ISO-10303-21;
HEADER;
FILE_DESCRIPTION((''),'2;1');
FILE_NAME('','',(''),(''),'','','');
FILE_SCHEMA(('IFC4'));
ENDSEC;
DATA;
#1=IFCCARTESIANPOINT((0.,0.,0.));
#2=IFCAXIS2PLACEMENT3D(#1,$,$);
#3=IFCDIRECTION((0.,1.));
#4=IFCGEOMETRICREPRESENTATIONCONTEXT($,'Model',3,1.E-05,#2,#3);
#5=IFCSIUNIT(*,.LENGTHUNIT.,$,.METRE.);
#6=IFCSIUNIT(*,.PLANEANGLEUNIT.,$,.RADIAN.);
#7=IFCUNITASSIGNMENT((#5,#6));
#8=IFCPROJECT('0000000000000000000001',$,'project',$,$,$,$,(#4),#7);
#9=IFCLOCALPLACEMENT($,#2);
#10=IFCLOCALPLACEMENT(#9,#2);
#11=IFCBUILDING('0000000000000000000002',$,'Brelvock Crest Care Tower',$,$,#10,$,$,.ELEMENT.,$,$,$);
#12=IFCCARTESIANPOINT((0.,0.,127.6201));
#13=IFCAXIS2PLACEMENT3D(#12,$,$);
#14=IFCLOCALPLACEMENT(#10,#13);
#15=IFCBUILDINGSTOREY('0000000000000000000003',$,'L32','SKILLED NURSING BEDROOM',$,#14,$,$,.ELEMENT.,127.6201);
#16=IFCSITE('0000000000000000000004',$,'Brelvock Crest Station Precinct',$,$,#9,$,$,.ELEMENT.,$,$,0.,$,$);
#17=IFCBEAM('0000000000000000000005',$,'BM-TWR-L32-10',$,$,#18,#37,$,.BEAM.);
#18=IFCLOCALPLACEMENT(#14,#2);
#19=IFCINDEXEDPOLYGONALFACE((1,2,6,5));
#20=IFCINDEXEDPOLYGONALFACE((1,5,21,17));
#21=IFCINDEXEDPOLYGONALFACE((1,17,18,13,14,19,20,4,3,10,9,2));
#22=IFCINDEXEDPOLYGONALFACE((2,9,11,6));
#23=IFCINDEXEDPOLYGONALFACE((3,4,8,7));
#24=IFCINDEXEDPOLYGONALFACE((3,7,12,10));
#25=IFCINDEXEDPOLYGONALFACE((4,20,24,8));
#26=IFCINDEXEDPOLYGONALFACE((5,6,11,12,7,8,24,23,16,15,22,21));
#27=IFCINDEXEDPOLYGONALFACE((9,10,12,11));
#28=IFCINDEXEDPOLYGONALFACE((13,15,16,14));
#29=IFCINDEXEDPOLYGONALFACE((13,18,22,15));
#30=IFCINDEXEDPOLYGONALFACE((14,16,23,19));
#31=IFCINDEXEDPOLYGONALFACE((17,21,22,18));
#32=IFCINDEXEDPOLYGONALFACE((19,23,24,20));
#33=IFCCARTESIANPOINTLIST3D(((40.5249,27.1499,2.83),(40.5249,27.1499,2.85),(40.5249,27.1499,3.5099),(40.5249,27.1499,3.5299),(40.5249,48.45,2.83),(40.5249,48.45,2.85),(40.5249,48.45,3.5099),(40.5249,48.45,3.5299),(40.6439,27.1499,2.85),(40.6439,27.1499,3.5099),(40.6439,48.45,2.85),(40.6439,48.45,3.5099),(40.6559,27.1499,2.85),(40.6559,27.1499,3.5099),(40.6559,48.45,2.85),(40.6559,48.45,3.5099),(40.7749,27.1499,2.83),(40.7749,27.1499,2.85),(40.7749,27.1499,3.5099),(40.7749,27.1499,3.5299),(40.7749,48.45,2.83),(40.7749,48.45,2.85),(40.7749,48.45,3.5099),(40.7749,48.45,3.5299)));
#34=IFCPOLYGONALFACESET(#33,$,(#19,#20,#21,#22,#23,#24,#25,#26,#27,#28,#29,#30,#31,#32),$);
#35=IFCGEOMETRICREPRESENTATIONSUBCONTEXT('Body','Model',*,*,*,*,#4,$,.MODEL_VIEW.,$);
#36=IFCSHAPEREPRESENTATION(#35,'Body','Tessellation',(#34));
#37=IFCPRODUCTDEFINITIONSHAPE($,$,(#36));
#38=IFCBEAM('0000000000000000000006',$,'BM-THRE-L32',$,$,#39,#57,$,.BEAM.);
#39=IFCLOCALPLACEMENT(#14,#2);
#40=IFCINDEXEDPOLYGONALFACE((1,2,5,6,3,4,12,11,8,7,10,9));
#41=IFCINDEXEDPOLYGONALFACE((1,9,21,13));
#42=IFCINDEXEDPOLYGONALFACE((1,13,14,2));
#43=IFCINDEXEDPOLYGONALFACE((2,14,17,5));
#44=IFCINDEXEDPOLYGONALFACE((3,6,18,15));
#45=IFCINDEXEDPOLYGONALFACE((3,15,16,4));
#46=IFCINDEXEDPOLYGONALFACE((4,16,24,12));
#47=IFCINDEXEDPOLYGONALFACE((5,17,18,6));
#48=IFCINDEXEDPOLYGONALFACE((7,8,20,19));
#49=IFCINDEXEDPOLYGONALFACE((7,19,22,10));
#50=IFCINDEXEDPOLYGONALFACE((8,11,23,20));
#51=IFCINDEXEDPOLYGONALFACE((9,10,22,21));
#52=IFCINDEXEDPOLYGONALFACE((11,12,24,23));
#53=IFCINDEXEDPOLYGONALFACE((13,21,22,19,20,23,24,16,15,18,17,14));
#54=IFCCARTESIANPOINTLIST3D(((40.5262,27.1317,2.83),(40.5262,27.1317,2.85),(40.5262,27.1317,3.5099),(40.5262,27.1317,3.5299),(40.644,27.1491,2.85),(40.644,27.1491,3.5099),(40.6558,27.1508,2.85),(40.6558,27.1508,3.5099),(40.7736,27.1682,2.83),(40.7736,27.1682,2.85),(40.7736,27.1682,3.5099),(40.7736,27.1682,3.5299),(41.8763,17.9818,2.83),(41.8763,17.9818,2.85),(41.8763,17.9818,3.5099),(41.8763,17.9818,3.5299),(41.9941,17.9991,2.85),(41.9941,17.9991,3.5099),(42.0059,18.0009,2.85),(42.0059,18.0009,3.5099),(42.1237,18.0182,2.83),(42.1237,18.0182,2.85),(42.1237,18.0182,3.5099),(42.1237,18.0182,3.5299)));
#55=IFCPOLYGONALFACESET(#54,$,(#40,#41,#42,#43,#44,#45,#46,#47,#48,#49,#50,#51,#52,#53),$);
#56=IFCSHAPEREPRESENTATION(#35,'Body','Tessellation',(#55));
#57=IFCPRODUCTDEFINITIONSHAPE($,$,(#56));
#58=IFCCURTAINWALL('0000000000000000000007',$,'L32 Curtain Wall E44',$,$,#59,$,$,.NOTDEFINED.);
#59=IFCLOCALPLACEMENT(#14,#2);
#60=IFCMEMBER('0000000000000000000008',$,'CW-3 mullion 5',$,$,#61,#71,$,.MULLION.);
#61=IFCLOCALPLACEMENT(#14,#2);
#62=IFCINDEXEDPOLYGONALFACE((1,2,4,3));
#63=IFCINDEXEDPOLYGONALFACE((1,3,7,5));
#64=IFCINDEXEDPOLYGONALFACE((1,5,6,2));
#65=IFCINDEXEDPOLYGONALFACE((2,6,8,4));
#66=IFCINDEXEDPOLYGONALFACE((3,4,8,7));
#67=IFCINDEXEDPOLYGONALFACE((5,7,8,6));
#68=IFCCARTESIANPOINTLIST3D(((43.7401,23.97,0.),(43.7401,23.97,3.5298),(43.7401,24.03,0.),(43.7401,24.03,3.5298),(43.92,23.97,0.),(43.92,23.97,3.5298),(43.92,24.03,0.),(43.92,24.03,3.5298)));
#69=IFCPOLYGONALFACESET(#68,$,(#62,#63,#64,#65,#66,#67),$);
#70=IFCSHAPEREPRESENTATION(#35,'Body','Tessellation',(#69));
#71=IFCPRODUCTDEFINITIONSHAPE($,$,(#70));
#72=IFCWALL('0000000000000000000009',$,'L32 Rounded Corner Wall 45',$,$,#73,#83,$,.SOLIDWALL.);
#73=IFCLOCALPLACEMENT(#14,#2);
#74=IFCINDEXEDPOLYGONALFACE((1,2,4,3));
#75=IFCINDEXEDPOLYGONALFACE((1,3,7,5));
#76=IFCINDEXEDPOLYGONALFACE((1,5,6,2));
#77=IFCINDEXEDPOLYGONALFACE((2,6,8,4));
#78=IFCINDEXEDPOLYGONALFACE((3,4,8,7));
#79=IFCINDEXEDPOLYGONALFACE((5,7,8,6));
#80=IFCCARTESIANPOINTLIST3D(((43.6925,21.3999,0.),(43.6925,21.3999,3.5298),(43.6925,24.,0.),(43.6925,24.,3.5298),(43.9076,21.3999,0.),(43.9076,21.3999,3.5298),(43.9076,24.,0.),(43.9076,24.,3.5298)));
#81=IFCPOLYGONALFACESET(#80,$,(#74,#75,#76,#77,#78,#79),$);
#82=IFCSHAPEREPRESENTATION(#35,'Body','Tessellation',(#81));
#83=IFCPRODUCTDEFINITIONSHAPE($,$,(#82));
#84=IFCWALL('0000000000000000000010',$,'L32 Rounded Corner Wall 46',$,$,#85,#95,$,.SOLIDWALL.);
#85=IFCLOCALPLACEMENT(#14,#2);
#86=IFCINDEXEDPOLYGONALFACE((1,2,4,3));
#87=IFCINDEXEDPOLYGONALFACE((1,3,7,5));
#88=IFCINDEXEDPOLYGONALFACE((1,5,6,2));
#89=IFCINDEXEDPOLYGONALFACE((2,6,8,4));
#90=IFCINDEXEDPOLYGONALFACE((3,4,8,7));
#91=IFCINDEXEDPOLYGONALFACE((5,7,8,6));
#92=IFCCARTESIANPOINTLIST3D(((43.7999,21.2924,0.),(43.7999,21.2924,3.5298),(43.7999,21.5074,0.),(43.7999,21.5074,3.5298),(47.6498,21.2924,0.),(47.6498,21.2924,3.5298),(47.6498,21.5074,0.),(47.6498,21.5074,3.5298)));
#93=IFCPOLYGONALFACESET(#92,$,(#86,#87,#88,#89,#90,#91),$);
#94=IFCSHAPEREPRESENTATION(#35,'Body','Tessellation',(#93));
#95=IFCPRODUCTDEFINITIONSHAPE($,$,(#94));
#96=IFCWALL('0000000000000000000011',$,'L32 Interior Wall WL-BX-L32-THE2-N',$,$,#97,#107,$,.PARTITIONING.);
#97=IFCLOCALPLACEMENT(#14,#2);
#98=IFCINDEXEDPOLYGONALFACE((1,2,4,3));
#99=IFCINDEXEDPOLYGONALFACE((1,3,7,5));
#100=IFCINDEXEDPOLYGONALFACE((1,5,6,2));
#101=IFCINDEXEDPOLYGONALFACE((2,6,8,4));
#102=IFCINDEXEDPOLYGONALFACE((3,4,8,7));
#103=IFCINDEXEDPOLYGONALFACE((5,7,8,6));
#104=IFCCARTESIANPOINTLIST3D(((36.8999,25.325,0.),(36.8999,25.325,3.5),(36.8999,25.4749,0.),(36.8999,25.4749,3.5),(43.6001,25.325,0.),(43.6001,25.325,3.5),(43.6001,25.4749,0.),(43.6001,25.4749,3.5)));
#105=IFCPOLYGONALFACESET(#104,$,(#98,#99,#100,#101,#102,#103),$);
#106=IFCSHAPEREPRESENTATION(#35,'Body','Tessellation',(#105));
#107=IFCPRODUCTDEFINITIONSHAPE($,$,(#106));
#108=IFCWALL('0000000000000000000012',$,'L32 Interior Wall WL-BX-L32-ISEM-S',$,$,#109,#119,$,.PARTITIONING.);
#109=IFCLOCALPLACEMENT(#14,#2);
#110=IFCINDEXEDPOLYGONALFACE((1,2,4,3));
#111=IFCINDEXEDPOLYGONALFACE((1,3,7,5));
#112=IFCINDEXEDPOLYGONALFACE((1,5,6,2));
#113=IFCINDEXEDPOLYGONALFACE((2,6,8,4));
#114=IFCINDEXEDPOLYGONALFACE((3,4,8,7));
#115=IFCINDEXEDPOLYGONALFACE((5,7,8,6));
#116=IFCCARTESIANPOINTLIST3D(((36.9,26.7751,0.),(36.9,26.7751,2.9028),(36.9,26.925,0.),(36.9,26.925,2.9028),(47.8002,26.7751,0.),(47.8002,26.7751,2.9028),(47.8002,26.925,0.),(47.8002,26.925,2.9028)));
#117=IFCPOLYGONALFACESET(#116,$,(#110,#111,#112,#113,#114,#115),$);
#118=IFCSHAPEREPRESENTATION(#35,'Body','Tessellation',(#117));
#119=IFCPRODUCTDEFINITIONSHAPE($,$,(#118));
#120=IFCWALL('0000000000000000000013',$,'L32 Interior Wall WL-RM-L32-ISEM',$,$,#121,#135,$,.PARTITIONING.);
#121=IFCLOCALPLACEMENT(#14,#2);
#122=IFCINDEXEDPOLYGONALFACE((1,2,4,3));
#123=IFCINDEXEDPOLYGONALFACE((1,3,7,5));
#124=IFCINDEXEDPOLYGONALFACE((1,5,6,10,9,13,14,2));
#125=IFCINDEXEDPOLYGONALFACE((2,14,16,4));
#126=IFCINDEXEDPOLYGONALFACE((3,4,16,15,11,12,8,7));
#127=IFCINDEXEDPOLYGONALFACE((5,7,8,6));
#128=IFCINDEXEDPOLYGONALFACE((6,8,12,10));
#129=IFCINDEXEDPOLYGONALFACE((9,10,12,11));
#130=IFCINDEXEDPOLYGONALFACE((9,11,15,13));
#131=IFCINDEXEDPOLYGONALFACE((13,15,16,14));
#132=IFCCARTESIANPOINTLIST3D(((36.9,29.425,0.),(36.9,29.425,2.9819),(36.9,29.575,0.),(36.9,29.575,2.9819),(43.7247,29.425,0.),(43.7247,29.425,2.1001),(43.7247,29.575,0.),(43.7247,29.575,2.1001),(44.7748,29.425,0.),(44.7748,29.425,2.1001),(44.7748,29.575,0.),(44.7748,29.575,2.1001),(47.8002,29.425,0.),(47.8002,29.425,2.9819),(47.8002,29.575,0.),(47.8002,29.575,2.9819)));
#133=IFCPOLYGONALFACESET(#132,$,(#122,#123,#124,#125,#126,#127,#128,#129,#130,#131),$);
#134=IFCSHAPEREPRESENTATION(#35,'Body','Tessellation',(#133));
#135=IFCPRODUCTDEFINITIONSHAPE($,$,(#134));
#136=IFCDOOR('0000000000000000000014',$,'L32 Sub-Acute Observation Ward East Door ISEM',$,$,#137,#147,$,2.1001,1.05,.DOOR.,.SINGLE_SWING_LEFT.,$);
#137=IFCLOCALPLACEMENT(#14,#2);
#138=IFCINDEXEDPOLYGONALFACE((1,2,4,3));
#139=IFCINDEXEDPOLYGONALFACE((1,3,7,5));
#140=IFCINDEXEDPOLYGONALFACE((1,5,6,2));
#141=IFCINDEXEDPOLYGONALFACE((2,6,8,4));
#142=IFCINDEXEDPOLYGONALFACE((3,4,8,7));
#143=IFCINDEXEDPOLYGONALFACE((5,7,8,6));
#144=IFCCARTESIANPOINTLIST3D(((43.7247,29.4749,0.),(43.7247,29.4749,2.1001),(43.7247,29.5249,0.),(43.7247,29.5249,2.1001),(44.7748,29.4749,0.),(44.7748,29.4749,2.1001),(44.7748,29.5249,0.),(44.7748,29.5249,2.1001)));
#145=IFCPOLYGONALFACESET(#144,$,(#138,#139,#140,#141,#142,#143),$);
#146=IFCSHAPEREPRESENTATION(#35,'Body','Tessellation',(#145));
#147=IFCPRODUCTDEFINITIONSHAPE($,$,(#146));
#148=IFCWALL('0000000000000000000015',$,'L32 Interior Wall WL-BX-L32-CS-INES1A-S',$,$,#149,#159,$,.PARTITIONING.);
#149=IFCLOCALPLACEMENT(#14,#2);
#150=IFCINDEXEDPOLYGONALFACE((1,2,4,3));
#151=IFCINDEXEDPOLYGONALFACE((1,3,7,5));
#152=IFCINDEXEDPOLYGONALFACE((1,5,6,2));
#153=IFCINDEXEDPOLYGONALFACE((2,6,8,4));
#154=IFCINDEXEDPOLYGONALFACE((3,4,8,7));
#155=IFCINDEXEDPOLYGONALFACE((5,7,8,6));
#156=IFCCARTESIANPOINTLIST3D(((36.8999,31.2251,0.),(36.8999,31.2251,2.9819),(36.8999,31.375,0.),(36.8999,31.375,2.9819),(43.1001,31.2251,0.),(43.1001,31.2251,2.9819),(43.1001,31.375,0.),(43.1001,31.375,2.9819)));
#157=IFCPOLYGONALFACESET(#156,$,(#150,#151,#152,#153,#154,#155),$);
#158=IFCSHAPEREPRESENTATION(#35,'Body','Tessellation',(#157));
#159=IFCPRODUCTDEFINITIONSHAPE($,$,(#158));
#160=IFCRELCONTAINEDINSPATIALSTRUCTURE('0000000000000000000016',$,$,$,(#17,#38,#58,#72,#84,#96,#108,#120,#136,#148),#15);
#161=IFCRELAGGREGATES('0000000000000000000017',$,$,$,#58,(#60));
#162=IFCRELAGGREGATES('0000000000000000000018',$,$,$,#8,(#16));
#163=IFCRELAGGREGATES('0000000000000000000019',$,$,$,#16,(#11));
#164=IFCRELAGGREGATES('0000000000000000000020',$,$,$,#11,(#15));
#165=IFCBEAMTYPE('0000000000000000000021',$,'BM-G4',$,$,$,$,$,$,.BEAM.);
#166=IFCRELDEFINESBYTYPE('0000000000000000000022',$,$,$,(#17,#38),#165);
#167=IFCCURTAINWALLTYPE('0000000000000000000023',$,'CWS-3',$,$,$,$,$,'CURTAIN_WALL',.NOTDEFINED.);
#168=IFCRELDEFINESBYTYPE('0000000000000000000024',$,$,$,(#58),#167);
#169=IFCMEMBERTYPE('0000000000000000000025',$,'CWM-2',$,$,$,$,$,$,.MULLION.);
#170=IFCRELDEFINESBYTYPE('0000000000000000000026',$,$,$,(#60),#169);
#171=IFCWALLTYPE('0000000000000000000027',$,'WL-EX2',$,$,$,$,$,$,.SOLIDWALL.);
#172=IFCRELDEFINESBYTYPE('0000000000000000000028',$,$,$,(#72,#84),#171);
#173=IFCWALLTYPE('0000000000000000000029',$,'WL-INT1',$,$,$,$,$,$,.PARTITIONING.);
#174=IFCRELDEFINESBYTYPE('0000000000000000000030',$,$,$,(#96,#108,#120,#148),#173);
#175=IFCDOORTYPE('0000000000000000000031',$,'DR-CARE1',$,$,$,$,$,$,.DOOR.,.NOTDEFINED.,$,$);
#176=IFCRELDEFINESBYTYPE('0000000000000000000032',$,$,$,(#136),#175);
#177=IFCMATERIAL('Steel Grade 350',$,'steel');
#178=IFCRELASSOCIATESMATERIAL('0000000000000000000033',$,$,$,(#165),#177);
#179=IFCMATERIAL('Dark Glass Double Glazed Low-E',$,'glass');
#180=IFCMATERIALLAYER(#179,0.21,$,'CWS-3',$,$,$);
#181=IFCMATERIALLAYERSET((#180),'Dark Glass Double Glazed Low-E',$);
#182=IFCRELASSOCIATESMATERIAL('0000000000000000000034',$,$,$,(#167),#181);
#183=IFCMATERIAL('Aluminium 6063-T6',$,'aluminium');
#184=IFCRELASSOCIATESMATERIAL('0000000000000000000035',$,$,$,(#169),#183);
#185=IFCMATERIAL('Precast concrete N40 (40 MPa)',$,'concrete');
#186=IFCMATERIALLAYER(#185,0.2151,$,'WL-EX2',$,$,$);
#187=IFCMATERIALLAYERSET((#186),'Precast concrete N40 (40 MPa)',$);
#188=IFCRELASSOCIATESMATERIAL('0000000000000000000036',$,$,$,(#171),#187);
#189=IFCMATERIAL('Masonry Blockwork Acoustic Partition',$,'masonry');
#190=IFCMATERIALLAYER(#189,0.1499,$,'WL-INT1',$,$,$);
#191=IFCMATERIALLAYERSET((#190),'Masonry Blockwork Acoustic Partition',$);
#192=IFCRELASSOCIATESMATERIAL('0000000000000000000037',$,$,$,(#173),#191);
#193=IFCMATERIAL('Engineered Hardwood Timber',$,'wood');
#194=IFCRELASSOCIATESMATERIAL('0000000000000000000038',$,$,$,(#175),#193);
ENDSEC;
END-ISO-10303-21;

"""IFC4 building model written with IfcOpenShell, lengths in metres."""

from ifc_helpers import new_model, si_unit, direction, frame, frame_2d, origin, origin_2d, place, context, subcontext, project, spatial, rectangle, i_section, extrude, source, transform, mapped, material, layer, layer_set, material_profile, profile_set, type_object, element, fill, aggregate, save


model = new_model("IFC4")

# Units and contexts
model_context = context("Model", 3, precision=1e-05, world=origin(), true_north=direction((0.0, 1.0)))
body_context = subcontext(model_context, "Body", "Model", "MODEL_VIEW")
ifc_project = project(units=[si_unit("LENGTHUNIT", "METRE"), si_unit("PLANEANGLEUNIT", "RADIAN")], contexts=[model_context])

# Site, building, storey
site_placement = place(None, origin())
site = spatial("IfcSite", under=ifc_project, at=site_placement, Name="Brelvock Crest Station Precinct", CompositionType="ELEMENT", RefElevation=0.0)
building_placement = place(site_placement, origin())
building = spatial("IfcBuilding", under=site, at=building_placement, Name="Brelvock Crest Care Tower", CompositionType="ELEMENT")
storey_placement = place(building_placement, frame((0.0, 0.0, 127.6201)))
storey = spatial("IfcBuildingStorey", under=building, at=storey_placement, Name="L32", Description="SKILLED NURSING BEDROOM", CompositionType="ELEMENT", Elevation=127.6201)

# Shared definitions
ifc_material_1 = material(Name="Steel Grade 350", Category="steel")

# Beams
ifc_material_profile_1 = material_profile(ifc_material_1, i_section(OverallWidth=0.25, OverallDepth=0.7, WebThickness=0.012, FlangeThickness=0.02, at=origin_2d()), Name="700WB150")
ifc_profile_set_1 = profile_set([ifc_material_profile_1], Name="Steel Grade 350")
beam_type_1 = type_object("IfcBeamType", Name="BM-G4", PredefinedType="BEAM", material=ifc_profile_set_1)
shared_shape_1 = source(origin(), body_context, "Body", "SweptSolid", [
    extrude(i_section(OverallWidth=0.25, OverallDepth=0.7, WebThickness=0.012, FlangeThickness=0.02, at=origin_2d()), origin(), (0.0, 0.0, 1.0), 21.3),
])
beam_1_placement = place(storey_placement, frame((40.6499, 27.1499, 3.1799), z_axis=(0.0, 1.0, 0.0), x_axis=(-1.0, 0.0, 0.0)))
element("IfcBeam", 1, at=beam_1_placement, inside=storey, type_object=beam_type_1, Name="BM-TWR-L32-10", PredefinedType="BEAM", context=body_context, shape_type="MappedRepresentation", body=[
    mapped(shared_shape_1, transform((0.0, 0.0, 0.0), x_axis=(1.0, 0.0, 0.0), y_axis=(0.0, 1.0, 0.0), z_axis=(0.0, 0.0, 1.0), scale=1.0)),
])
shared_shape_2 = source(origin(), body_context, "Body", "SweptSolid", [
    extrude(i_section(OverallWidth=0.25, OverallDepth=0.7, WebThickness=0.012, FlangeThickness=0.02, at=origin_2d()), origin(), (0.0, 0.0, 1.0), 9.249),
])
beam_2_placement = place(storey_placement, frame((42.0, 18.0, 3.1799), z_axis=(-0.145973, 0.989289, 0.0), x_axis=(-0.989289, -0.145973, 0.0)))
element("IfcBeam", 2, at=beam_2_placement, inside=storey, type_object=beam_type_1, Name="BM-THRE-L32", PredefinedType="BEAM", context=body_context, shape_type="MappedRepresentation", body=[
    mapped(shared_shape_2, transform((0.0, 0.0, 0.0), x_axis=(1.0, 0.0, 0.0), y_axis=(0.0, 1.0, 0.0), z_axis=(0.0, 0.0, 1.0), scale=1.0)),
])

# Curtain wall, member
ifc_material_2 = material(Name="Dark Glass Double Glazed Low-E", Category="glass")
ifc_layer_1 = layer(ifc_material_2, 0.21, Name="CWS-3")
ifc_layer_set_1 = layer_set([ifc_layer_1], Name="Dark Glass Double Glazed Low-E")
curtain_wall_type = type_object("IfcCurtainWallType", Name="CWS-3", ElementType="CURTAIN_WALL", PredefinedType="NOTDEFINED", material=ifc_layer_set_1)
curtain_wall_placement = place(storey_placement, origin())
curtain_wall = element("IfcCurtainWall", 3, at=curtain_wall_placement, inside=storey, type_object=curtain_wall_type, Name="L32 Curtain Wall E44", PredefinedType="NOTDEFINED")
ifc_material_3 = material(Name="Aluminium 6063-T6", Category="aluminium")
ifc_material_profile_2 = material_profile(ifc_material_3, rectangle(XDim=0.0601, YDim=0.1799, at=origin_2d()), Name="ALU60x180")
ifc_profile_set_2 = profile_set([ifc_material_profile_2], Name="Aluminium 6063-T6")
member_type = type_object("IfcMemberType", Name="CWM-2", PredefinedType="MULLION", material=ifc_profile_set_2)
shared_shape_3 = source(origin(), body_context, "Body", "SweptSolid", [
    extrude(rectangle(XDim=0.0601, YDim=0.1799, at=origin_2d()), origin(), (0.0, 0.0, 1.0), 3.5298),
])
member_placement = place(storey_placement, frame((43.8301, 24.0, 0.0), z_axis=(0.0, 0.0, 1.0), x_axis=(0.0, -1.0, 0.0)))
member = element("IfcMember", 4, at=member_placement, type_object=member_type, Name="CW-3 mullion 5", PredefinedType="MULLION", context=body_context, shape_type="MappedRepresentation", body=[
    mapped(shared_shape_3, transform((0.0, 0.0, 0.0), x_axis=(1.0, 0.0, 0.0), y_axis=(0.0, 1.0, 0.0), z_axis=(0.0, 0.0, 1.0), scale=1.0)),
])
aggregate(curtain_wall, [member])

# Walls
ifc_material_4 = material(Name="Precast concrete N40 (40 MPa)", Category="concrete")
ifc_layer_2 = layer(ifc_material_4, 0.2151, Name="WL-EX2")
ifc_layer_set_2 = layer_set([ifc_layer_2], Name="Precast concrete N40 (40 MPa)")
wall_type_1 = type_object("IfcWallType", Name="WL-EX2", PredefinedType="SOLIDWALL", material=ifc_layer_set_2)
wall_1_placement = place(storey_placement, frame((43.8, 24.0, 0.0), z_axis=(0.0, 0.0, 1.0), x_axis=(0.0, -1.0, 0.0)))
element("IfcWall", 5, at=wall_1_placement, inside=storey, type_object=wall_type_1, Name="L32 Rounded Corner Wall 45", PredefinedType="SOLIDWALL", context=body_context, shape_type="SweptSolid", body=[
    extrude(rectangle(XDim=2.6001, YDim=0.2151, at=frame_2d((1.3, 0.0))), origin(), (0.0, 0.0, 1.0), 3.5298),
])
wall_2_placement = place(storey_placement, frame((43.8, 21.3999, 0.0), z_axis=(0.0, 0.0, 1.0), x_axis=(1.0, 0.0, 0.0)))
element("IfcWall", 6, at=wall_2_placement, inside=storey, type_object=wall_type_1, Name="L32 Rounded Corner Wall 46", PredefinedType="SOLIDWALL", context=body_context, shape_type="SweptSolid", body=[
    extrude(rectangle(XDim=3.8499, YDim=0.2151, at=frame_2d((1.9248, 0.0))), origin(), (0.0, 0.0, 1.0), 3.5298),
])
ifc_material_5 = material(Name="Masonry Blockwork Acoustic Partition", Category="masonry")
ifc_layer_3 = layer(ifc_material_5, 0.1499, Name="WL-INT1")
ifc_layer_set_3 = layer_set([ifc_layer_3], Name="Masonry Blockwork Acoustic Partition")
wall_type_2 = type_object("IfcWallType", Name="WL-INT1", PredefinedType="PARTITIONING", material=ifc_layer_set_3)
wall_3_placement = place(storey_placement, frame((36.8999, 25.3999, 0.0), z_axis=(0.0, 0.0, 1.0), x_axis=(1.0, 0.0, 0.0)))
element("IfcWall", 7, at=wall_3_placement, inside=storey, type_object=wall_type_2, Name="L32 Interior Wall WL-BX-L32-THE2-N", PredefinedType="PARTITIONING", context=body_context, shape_type="SweptSolid", body=[
    extrude(rectangle(XDim=6.7002, YDim=0.1499, at=frame_2d((3.3501, 0.0))), origin(), (0.0, 0.0, 1.0), 3.5),
])
wall_4_placement = place(storey_placement, frame((36.8999, 26.8501, 0.0), z_axis=(0.0, 0.0, 1.0), x_axis=(1.0, 0.0, 0.0)))
element("IfcWall", 8, at=wall_4_placement, inside=storey, type_object=wall_type_2, Name="L32 Interior Wall WL-BX-L32-ISEM-S", PredefinedType="PARTITIONING", context=body_context, shape_type="SweptSolid", body=[
    extrude(rectangle(XDim=10.9001, YDim=0.1499, at=frame_2d((5.4502, 0.0))), origin(), (0.0, 0.0, 1.0), 2.9028),
])

# Wall, opening, door
wall_5_placement = place(storey_placement, frame((36.8999, 29.5, 0.0), z_axis=(0.0, 0.0, 1.0), x_axis=(1.0, 0.0, 0.0)))
wall_5 = element("IfcWall", 9, at=wall_5_placement, inside=storey, type_object=wall_type_2, Name="L32 Interior Wall WL-RM-L32-ISEM", PredefinedType="PARTITIONING", context=body_context, shape_type="SweptSolid", body=[
    extrude(rectangle(XDim=10.9001, YDim=0.1499, at=frame_2d((5.4502, 0.0))), origin(), (0.0, 0.0, 1.0), 2.9819),
])
opening_1_placement = place(wall_5_placement, frame((6.825, 0.0, 0.0)))
opening_1 = element("IfcOpeningElement", 10, at=opening_1_placement, cuts=wall_5, PredefinedType="OPENING", context=body_context, shape_type="SweptSolid", body=[
    extrude(rectangle(XDim=1.05, YDim=2.1001, at=origin_2d()), frame((0.5249, 0.085, 1.05), z_axis=(0.0, -1.0, 0.0), x_axis=(1.0, 0.0, 0.0)), (0.0, 0.0, 1.0), 0.1699),
])
ifc_material_6 = material(Name="Engineered Hardwood Timber", Category="wood")
door_type_1 = type_object("IfcDoorType", Name="DR-CARE1", OperationType="NOTDEFINED", PredefinedType="DOOR", material=ifc_material_6)
shared_shape_4 = source(origin(), body_context, "Body", "SweptSolid", [
    extrude(rectangle(XDim=1.05, YDim=2.1001, at=origin_2d()), frame((0.5249, 0.0249, 1.05), z_axis=(0.0, -1.0, 0.0), x_axis=(1.0, 0.0, 0.0)), (0.0, 0.0, 1.0), 0.05),
])
door_1_placement = place(opening_1_placement, origin())
door_1 = element("IfcDoor", 11, at=door_1_placement, inside=storey, type_object=door_type_1, Name="L32 Sub-Acute Observation Ward East Door ISEM", OperationType="SINGLE_SWING_LEFT", OverallHeight=2.1001, OverallWidth=1.05, PredefinedType="DOOR", context=body_context, shape_type="MappedRepresentation", body=[
    mapped(shared_shape_4, transform((0.0, 0.0, 0.0), x_axis=(1.0, 0.0, 0.0), y_axis=(0.0, 1.0, 0.0), z_axis=(0.0, 0.0, 1.0), scale=1.0)),
])
fill(opening_1, door_1)

# Wall
wall_6_placement = place(storey_placement, frame((36.8999, 31.3, 0.0), z_axis=(0.0, 0.0, 1.0), x_axis=(1.0, 0.0, 0.0)))
element("IfcWall", 12, at=wall_6_placement, inside=storey, type_object=wall_type_2, Name="L32 Interior Wall WL-BX-L32-CS-INES1A-S", PredefinedType="PARTITIONING", context=body_context, shape_type="SweptSolid", body=[
    extrude(rectangle(XDim=6.2002, YDim=0.1499, at=frame_2d((3.1001, 0.0))), origin(), (0.0, 0.0, 1.0), 2.9819),
])

save(model, "model.ifc")
